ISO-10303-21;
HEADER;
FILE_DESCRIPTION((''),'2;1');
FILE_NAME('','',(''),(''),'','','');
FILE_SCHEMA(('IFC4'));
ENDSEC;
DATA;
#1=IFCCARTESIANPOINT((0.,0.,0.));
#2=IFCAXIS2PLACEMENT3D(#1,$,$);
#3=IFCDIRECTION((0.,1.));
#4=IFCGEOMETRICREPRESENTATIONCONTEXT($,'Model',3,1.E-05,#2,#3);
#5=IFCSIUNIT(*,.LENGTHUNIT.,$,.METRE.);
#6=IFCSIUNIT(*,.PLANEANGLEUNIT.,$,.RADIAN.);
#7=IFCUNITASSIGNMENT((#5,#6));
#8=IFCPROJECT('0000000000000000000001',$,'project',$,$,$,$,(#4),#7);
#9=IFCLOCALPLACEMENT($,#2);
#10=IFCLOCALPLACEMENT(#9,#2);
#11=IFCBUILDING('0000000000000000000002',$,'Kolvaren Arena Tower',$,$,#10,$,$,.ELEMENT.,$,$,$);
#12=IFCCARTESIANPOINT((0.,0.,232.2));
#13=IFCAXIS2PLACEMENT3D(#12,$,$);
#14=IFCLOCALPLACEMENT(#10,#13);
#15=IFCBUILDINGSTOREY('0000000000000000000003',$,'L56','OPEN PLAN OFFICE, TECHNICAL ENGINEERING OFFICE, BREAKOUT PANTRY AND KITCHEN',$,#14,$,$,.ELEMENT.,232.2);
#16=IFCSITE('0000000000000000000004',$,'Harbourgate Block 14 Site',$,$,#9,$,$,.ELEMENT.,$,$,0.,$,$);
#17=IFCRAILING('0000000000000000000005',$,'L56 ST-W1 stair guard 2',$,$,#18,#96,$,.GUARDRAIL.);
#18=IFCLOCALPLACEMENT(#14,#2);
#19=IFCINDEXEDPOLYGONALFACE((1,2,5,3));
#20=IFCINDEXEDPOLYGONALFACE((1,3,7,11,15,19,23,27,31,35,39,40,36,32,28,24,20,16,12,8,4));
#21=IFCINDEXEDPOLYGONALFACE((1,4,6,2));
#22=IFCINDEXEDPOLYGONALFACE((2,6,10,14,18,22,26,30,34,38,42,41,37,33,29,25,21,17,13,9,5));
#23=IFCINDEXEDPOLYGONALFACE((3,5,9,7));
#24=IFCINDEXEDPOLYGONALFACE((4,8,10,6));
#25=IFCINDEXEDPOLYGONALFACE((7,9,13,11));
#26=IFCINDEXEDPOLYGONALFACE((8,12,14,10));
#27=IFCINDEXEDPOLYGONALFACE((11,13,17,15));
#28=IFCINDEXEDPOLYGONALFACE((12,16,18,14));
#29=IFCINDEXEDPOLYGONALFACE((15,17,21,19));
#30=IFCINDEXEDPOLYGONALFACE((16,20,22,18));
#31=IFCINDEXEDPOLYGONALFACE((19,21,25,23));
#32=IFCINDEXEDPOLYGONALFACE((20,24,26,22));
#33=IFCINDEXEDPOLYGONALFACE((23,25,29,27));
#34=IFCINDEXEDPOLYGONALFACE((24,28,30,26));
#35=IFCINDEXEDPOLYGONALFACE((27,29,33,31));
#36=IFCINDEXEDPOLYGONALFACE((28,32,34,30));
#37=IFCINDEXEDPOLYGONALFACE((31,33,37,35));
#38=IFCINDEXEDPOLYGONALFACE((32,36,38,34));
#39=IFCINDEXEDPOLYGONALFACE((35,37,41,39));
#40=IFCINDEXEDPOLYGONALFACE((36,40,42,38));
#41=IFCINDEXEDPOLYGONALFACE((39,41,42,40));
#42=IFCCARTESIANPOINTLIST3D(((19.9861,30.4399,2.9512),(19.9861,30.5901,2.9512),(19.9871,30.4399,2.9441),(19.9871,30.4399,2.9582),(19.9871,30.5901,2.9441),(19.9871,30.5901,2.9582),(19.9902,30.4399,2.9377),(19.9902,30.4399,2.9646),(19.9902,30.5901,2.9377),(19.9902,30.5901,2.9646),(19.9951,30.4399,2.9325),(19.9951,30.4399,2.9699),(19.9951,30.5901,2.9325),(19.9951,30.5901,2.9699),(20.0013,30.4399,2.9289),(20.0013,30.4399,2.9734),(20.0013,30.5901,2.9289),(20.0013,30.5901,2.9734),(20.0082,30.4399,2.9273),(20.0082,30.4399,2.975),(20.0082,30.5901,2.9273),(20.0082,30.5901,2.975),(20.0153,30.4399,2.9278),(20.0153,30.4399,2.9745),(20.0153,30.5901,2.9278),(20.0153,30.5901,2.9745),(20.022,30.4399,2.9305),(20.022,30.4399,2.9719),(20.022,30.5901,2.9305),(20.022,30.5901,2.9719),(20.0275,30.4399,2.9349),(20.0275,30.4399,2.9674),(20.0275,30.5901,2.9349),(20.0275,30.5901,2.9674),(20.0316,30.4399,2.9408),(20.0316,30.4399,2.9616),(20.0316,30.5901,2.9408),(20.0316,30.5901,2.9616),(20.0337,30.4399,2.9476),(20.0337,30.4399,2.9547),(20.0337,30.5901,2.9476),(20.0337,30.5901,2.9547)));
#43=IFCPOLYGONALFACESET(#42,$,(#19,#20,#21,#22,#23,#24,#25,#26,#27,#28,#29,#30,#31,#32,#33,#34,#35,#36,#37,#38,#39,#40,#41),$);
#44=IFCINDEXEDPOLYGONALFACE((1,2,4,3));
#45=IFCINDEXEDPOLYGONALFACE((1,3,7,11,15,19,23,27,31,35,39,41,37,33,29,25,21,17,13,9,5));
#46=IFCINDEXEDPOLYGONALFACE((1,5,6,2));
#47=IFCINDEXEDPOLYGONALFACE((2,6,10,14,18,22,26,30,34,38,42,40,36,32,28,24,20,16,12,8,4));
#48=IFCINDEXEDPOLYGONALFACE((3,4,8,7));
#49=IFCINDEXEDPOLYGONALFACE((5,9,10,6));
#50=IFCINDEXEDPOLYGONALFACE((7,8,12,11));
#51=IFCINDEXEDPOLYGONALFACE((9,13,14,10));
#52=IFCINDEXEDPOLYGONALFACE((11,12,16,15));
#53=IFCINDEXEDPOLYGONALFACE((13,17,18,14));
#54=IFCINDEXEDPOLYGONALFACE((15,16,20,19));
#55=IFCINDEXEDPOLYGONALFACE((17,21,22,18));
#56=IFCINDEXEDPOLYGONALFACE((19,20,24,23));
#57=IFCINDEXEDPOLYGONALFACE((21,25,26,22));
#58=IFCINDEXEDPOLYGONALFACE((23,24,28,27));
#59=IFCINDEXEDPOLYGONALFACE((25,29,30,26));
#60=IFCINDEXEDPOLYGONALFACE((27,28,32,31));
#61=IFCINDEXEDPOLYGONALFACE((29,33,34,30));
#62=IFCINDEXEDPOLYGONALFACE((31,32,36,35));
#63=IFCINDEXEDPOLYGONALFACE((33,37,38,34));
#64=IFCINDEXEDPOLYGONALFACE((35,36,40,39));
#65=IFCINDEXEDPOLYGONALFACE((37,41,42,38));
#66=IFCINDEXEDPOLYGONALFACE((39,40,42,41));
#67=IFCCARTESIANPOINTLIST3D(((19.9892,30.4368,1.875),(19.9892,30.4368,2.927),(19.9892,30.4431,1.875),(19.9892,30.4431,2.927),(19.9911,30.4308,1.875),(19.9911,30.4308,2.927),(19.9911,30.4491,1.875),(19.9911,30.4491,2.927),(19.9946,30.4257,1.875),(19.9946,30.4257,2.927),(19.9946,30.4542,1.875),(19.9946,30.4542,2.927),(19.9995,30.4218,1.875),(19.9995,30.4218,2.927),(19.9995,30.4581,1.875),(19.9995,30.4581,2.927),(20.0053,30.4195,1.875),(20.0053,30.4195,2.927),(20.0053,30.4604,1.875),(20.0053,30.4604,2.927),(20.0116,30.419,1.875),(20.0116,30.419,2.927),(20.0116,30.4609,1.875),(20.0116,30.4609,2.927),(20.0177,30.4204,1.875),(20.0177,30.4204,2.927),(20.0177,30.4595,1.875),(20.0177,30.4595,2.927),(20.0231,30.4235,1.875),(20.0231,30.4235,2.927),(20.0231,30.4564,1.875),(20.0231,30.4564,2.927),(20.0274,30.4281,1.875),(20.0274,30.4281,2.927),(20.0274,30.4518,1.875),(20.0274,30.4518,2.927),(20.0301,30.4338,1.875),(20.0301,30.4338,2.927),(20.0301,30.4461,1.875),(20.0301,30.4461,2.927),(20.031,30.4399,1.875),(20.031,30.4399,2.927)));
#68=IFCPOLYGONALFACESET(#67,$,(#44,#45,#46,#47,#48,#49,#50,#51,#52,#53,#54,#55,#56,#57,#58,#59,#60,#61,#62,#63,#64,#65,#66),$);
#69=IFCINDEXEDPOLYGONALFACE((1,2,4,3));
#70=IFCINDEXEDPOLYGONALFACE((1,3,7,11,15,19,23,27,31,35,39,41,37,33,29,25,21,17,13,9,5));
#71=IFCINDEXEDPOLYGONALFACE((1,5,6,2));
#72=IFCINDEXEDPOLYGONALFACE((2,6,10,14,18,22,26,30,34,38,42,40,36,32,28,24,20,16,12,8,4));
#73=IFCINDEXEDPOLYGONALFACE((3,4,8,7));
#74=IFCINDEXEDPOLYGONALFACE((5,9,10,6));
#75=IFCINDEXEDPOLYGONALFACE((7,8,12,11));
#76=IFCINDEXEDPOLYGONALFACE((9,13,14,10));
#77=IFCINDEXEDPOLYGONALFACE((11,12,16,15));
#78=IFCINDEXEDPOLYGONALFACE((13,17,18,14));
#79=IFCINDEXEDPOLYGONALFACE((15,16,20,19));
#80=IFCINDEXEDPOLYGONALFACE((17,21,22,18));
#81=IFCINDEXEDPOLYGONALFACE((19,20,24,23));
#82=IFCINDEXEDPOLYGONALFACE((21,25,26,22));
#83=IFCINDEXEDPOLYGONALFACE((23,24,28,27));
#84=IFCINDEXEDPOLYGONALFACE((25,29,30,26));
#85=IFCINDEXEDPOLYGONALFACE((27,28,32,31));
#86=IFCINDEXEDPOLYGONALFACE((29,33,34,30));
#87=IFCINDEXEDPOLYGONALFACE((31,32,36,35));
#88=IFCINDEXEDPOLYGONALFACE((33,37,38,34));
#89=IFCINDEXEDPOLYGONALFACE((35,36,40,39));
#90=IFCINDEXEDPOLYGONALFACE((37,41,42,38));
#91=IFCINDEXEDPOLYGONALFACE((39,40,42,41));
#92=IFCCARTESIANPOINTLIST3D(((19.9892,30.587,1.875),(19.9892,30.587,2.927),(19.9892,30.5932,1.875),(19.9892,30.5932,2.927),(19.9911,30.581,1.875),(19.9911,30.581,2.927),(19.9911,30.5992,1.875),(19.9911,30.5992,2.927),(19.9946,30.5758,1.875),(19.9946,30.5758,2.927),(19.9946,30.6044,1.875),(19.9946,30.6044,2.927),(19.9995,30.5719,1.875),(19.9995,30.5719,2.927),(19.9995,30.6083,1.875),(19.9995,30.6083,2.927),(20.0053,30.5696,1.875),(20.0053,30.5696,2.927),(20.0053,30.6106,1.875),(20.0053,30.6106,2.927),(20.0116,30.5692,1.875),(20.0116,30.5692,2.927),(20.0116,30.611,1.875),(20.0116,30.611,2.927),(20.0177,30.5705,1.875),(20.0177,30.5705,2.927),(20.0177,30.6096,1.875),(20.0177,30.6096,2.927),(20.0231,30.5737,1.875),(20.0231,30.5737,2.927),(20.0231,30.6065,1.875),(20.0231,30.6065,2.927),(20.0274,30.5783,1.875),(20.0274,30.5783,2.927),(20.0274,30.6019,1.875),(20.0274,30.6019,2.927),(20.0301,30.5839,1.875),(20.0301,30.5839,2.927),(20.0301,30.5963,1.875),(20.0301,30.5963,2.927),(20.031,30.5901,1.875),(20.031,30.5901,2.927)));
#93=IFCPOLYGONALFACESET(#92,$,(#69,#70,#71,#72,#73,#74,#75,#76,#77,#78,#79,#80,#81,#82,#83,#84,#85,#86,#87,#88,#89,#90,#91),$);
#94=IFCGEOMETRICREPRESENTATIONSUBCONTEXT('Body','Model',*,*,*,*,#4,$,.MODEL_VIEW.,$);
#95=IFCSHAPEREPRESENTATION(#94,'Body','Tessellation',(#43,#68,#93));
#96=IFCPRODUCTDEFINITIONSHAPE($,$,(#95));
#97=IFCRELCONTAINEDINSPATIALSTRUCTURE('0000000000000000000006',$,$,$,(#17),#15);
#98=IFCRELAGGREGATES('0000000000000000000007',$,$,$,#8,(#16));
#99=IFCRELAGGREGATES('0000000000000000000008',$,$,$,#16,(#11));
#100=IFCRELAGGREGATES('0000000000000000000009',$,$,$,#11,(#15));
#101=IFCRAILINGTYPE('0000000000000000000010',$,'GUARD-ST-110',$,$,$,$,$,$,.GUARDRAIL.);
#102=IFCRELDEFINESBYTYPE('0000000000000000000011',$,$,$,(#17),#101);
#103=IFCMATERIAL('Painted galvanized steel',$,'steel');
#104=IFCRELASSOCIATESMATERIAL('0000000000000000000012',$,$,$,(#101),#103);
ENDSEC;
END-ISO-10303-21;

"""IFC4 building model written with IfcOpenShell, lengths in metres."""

from ifc_helpers import new_model, si_unit, direction, frame, origin, origin_2d, place, context, subcontext, project, spatial, circle, extrude, material, type_object, element, save


model = new_model("IFC4")

# Units and contexts
model_context = context("Model", 3, precision=1e-05, world=origin(), true_north=direction((0.0, 1.0)))
body_context = subcontext(model_context, "Body", "Model", "MODEL_VIEW")
ifc_project = project(units=[si_unit("LENGTHUNIT", "METRE"), si_unit("PLANEANGLEUNIT", "RADIAN")], contexts=[model_context])

# Site, building, storey
site_placement = place(None, origin())
site = spatial("IfcSite", under=ifc_project, at=site_placement, Name="Harbourgate Block 14 Site", CompositionType="ELEMENT", RefElevation=0.0)
building_placement = place(site_placement, origin())
building = spatial("IfcBuilding", under=site, at=building_placement, Name="Kolvaren Arena Tower", CompositionType="ELEMENT")
storey_placement = place(building_placement, frame((0.0, 0.0, 232.2)))
storey = spatial("IfcBuildingStorey", under=building, at=storey_placement, Name="L56", Description="OPEN PLAN OFFICE, TECHNICAL ENGINEERING OFFICE, BREAKOUT PANTRY AND KITCHEN", CompositionType="ELEMENT", Elevation=232.2)

# Railing
ifc_material_1 = material(Name="Painted galvanized steel", Category="steel")
railing_type_1 = type_object("IfcRailingType", Name="GUARD-ST-110", PredefinedType="GUARDRAIL", material=ifc_material_1)
railing_1_placement = place(storey_placement, frame((20.01, 30.4399, 1.875)))
element("IfcRailing", 1, at=railing_1_placement, inside=storey, type_object=railing_type_1, Name="L56 ST-W1 stair guard 2", PredefinedType="GUARDRAIL", context=body_context, shape_type="SweptSolid", body=[
    extrude(circle(Radius=0.0239, at=origin_2d()), frame((0.0, 0.0, 1.0762), z_axis=(0.0, 1.0, 0.0), x_axis=(-1.0, 0.0, 0.0)), (0.0, 0.0, 1.0), 0.1501),
    extrude(circle(Radius=0.021, at=origin_2d()), origin(), (0.0, 0.0, 1.0), 1.052),
    extrude(circle(Radius=0.021, at=origin_2d()), frame((0.0, 0.1501, 0.0)), (0.0, 0.0, 1.0), 1.052),
])

save(model, "model.ifc")
